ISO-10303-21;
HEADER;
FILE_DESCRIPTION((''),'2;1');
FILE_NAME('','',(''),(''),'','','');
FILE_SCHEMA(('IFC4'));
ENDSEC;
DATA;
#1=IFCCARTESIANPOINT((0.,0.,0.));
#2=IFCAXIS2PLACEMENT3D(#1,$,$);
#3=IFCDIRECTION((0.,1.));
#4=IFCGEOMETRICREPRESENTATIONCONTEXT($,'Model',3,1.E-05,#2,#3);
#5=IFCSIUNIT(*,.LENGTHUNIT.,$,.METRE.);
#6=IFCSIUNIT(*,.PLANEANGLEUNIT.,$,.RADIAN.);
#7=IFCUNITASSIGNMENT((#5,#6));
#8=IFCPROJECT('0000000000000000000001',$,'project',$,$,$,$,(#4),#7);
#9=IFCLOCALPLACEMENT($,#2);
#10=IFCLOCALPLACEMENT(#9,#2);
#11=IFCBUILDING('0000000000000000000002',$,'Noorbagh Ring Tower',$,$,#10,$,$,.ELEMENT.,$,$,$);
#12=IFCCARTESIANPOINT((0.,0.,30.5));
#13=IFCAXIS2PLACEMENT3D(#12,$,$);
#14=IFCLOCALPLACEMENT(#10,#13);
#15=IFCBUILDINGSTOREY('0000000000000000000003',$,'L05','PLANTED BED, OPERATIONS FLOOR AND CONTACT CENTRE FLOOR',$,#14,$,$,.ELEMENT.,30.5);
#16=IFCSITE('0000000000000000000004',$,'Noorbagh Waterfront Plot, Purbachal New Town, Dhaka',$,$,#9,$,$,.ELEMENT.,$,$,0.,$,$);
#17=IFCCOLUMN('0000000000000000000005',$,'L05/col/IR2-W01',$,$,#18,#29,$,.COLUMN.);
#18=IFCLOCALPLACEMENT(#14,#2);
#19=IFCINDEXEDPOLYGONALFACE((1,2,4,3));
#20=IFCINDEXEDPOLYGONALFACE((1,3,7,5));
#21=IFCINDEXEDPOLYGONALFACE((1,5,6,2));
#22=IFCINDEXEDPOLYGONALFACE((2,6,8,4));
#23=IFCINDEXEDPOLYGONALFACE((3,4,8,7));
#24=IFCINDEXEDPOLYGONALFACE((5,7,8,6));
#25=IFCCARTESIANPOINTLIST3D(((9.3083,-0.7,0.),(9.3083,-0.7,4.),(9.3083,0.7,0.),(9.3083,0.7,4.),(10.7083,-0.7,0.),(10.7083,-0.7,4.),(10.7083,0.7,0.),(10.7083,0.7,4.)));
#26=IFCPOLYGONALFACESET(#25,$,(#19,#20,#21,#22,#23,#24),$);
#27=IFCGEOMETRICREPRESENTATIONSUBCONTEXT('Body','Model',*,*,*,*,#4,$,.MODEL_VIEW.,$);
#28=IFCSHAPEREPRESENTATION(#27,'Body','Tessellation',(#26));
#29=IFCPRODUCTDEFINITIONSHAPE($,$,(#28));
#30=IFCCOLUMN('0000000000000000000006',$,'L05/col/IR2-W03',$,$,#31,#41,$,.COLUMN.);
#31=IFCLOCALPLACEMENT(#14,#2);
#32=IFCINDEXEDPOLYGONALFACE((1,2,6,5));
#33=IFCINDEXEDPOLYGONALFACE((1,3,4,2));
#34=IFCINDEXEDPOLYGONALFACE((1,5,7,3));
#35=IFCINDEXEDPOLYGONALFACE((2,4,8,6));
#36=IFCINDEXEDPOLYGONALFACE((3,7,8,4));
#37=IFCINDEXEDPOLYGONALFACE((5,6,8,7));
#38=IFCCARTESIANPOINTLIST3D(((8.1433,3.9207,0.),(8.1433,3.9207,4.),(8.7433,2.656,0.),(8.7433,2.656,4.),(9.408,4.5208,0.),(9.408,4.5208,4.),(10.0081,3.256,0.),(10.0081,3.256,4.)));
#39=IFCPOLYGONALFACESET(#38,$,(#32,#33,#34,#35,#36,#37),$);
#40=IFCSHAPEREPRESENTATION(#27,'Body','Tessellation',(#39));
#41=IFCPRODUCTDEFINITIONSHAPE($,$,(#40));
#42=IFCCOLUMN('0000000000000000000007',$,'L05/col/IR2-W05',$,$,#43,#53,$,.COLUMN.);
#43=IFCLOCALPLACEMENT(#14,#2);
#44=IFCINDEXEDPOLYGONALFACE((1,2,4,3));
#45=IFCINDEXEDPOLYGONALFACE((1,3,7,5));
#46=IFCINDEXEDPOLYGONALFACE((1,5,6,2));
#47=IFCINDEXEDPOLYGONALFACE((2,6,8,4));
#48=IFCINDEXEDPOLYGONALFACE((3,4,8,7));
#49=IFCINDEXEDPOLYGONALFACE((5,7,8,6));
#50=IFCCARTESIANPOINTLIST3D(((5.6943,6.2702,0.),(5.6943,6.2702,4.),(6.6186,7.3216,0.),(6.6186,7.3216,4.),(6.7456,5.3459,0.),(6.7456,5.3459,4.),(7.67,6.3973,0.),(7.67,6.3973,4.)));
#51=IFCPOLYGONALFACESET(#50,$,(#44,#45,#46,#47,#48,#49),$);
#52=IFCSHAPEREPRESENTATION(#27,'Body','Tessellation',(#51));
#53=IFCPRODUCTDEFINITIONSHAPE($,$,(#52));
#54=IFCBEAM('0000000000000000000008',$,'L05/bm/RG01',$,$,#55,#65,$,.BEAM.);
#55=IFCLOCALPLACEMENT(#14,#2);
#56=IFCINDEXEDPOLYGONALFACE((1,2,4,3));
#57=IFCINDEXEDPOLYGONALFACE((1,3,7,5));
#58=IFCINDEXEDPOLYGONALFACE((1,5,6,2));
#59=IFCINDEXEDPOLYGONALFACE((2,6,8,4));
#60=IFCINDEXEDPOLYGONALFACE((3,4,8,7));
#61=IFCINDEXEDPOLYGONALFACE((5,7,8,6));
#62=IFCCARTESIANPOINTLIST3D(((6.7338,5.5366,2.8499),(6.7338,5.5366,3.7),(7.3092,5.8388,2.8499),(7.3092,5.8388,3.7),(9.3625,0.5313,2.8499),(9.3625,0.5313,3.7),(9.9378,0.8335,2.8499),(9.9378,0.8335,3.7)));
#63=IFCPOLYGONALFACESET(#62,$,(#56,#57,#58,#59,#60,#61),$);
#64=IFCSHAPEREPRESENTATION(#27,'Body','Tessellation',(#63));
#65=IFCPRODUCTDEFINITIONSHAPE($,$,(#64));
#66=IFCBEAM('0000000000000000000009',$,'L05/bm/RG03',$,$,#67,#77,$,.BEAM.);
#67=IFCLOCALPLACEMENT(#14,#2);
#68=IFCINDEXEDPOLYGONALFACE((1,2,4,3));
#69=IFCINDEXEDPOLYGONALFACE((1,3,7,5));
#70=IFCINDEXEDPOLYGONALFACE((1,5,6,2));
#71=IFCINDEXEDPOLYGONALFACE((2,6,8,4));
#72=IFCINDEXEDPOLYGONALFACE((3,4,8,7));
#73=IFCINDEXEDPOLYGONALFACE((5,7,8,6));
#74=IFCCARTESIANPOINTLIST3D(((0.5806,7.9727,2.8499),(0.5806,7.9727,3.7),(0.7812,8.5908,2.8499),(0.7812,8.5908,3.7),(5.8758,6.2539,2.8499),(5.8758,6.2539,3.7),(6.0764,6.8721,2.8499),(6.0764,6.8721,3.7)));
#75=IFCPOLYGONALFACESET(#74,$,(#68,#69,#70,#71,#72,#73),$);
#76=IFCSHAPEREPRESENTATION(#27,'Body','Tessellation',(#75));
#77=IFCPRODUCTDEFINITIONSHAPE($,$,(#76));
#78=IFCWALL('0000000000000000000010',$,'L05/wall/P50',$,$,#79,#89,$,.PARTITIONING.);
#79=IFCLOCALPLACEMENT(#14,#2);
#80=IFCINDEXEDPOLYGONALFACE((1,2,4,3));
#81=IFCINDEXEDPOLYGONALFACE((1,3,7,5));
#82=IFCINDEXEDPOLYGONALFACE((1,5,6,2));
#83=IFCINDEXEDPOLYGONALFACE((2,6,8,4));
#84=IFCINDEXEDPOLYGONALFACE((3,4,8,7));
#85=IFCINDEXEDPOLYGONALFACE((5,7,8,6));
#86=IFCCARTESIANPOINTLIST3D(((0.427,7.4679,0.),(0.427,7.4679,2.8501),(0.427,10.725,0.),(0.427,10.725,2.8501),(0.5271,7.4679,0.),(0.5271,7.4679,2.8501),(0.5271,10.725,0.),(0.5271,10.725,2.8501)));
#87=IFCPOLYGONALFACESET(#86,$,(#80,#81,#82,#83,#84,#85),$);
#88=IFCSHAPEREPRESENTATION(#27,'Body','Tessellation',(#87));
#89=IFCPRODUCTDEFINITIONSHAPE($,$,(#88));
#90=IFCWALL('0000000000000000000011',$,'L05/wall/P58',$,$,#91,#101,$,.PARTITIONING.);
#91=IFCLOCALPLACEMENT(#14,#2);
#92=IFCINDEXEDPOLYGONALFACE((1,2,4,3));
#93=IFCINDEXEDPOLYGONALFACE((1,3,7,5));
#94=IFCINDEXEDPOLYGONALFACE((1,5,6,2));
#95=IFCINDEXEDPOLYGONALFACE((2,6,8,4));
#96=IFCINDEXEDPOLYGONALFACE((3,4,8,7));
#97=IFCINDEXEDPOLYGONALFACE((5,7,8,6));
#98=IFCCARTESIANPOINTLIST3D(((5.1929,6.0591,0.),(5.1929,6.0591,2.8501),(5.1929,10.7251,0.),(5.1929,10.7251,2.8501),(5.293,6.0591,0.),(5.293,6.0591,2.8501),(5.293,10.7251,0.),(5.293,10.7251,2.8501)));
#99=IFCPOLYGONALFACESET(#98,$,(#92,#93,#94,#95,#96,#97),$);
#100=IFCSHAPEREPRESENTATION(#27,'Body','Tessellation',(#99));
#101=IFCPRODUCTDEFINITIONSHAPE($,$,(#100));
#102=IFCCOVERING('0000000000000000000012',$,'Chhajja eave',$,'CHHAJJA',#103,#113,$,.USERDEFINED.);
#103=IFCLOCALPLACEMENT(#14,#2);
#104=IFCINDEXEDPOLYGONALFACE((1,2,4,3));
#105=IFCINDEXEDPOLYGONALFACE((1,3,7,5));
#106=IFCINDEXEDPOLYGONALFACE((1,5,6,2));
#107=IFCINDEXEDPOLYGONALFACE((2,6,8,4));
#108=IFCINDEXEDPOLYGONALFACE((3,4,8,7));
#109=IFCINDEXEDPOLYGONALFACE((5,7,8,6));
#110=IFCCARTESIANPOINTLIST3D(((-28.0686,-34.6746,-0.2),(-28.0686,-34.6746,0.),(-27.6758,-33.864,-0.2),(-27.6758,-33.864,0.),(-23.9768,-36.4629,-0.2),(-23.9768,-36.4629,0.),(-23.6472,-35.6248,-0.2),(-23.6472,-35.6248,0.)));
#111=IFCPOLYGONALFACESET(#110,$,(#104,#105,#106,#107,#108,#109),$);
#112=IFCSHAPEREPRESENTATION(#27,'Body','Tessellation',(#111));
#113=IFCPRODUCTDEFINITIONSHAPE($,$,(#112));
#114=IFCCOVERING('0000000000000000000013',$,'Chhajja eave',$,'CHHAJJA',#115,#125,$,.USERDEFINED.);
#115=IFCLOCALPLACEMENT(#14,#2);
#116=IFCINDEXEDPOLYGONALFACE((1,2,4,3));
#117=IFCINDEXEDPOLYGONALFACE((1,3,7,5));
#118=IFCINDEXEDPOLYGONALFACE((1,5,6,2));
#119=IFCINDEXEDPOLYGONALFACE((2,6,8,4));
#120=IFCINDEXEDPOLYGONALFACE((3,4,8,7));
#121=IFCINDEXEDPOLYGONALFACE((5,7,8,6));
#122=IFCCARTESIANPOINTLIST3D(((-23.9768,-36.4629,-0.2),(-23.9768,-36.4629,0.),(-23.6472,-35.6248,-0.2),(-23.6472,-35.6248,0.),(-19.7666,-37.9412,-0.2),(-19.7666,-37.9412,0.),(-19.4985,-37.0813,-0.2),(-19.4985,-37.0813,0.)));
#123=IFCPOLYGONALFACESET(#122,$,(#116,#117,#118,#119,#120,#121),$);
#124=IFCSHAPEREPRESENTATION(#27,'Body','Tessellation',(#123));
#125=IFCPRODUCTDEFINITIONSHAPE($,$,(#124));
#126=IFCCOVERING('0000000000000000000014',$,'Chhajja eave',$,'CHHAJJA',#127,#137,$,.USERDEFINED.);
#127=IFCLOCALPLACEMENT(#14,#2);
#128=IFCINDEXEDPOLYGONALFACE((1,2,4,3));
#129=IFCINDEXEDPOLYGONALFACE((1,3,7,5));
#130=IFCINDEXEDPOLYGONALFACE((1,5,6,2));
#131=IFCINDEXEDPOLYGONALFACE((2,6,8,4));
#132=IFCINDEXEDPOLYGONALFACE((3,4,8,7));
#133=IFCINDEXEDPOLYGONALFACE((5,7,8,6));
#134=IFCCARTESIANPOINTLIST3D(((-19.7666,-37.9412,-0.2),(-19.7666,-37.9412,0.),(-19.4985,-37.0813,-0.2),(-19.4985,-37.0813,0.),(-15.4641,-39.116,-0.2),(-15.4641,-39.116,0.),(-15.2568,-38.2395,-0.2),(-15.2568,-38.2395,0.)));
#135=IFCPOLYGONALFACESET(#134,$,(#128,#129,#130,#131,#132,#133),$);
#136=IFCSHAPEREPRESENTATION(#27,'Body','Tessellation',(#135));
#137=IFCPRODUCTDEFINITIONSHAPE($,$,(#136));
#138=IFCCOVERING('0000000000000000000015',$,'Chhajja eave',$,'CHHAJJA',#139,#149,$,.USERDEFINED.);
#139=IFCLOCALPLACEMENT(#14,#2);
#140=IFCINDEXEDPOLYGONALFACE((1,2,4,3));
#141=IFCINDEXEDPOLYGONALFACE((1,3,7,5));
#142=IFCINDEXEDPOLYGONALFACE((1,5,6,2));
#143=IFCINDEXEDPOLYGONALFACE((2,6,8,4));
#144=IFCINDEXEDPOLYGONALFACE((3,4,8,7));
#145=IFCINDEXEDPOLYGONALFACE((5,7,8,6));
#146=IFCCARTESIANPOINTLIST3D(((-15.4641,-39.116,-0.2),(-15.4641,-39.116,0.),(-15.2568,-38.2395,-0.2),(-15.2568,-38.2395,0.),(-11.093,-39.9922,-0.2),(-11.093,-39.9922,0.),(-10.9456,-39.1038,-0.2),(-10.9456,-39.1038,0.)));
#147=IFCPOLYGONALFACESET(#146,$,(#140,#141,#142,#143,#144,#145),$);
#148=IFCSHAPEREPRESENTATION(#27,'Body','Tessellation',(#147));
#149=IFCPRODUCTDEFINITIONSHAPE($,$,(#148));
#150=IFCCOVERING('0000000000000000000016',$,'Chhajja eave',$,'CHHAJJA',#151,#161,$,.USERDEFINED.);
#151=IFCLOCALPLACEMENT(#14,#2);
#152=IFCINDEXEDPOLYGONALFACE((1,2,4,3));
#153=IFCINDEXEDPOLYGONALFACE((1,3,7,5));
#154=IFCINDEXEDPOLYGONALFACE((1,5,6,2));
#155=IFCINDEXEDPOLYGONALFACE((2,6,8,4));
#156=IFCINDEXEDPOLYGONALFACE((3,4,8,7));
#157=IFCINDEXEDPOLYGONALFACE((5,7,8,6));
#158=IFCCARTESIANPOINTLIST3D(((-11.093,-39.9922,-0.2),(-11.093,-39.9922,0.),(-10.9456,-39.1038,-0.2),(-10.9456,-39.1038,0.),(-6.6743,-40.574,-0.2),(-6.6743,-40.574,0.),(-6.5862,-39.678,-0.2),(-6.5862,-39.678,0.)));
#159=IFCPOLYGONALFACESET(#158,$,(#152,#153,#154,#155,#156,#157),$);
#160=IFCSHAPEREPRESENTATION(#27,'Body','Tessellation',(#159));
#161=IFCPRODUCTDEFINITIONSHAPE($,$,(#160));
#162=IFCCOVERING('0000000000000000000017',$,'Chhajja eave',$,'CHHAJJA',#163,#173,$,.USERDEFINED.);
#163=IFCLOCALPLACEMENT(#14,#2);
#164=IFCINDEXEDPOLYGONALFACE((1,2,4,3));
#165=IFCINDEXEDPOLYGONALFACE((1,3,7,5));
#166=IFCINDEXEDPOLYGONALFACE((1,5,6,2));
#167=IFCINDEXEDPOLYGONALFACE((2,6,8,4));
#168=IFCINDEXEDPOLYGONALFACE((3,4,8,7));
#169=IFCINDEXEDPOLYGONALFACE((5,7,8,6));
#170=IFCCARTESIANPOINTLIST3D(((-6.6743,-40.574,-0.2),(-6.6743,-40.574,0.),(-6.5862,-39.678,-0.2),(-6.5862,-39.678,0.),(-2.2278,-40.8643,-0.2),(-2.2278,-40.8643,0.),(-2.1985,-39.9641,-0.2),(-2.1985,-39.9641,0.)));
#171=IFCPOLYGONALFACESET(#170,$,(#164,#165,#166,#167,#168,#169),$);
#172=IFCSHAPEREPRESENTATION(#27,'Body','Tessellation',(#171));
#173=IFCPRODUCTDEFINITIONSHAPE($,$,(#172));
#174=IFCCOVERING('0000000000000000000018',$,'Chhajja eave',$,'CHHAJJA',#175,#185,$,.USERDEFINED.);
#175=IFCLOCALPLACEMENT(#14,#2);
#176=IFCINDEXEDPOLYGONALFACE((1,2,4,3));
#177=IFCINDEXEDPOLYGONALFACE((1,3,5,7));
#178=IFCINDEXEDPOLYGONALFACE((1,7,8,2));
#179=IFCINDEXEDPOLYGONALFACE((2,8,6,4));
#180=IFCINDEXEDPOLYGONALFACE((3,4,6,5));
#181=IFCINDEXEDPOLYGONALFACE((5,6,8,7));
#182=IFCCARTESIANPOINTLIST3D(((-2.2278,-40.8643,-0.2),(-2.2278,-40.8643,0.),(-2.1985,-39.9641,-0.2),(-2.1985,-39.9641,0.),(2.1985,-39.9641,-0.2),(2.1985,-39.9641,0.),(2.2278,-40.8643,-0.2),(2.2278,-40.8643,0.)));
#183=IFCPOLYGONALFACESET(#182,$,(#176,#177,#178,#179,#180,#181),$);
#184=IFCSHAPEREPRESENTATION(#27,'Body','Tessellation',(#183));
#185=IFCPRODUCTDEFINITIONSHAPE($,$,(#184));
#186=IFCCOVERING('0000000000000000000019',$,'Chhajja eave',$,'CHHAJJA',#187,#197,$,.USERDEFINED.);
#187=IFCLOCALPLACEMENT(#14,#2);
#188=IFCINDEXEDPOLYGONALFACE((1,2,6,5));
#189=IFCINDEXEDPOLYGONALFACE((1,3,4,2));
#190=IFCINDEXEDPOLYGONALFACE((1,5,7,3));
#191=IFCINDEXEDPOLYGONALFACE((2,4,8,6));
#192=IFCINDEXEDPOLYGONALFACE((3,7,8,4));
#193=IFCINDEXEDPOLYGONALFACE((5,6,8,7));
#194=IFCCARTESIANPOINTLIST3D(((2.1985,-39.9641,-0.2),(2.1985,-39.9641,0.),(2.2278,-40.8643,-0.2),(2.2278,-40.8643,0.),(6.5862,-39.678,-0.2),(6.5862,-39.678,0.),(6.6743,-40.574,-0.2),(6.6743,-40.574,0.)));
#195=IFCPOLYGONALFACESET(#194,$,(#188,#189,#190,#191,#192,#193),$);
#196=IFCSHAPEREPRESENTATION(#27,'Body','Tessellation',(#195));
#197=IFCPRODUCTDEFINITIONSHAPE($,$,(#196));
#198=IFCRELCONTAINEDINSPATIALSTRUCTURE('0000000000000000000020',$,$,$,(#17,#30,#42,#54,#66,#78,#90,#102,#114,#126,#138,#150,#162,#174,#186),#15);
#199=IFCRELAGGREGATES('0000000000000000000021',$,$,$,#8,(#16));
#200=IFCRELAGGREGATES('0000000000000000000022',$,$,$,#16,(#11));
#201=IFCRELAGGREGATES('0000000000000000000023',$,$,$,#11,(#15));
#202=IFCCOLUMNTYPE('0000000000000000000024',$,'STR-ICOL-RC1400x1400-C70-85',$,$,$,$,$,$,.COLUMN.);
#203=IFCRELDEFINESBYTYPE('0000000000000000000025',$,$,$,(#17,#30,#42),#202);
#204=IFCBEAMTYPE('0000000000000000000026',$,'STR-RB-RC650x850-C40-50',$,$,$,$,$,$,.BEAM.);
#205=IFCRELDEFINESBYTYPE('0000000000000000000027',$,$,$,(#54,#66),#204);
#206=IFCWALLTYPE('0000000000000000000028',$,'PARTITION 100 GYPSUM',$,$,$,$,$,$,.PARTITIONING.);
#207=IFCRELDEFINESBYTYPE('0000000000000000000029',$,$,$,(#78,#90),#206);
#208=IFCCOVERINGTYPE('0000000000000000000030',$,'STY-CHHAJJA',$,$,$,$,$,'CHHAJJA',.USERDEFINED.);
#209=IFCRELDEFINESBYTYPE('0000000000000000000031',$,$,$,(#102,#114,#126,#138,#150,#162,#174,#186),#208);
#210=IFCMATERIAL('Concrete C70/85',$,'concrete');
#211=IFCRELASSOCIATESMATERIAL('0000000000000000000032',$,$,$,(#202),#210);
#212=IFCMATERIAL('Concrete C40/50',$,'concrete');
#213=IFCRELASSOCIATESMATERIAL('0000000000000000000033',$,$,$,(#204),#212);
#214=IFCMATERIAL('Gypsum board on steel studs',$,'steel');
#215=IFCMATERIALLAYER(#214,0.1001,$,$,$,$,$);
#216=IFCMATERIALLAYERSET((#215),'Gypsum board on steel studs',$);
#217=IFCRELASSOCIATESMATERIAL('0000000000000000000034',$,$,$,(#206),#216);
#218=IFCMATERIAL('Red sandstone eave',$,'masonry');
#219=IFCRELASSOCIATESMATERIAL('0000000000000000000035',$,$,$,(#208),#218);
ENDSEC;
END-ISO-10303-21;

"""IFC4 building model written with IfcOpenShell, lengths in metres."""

from ifc_helpers import new_model, si_unit, direction, frame, frame_2d, origin, origin_2d, place, context, subcontext, project, spatial, polyline, rectangle, outline, extrude, material, layer, layer_set, material_profile, profile_set, type_object, element, save


model = new_model("IFC4")

# Units and contexts
model_context = context("Model", 3, precision=1e-05, world=origin(), true_north=direction((0.0, 1.0)))
body_context = subcontext(model_context, "Body", "Model", "MODEL_VIEW")
ifc_project = project(units=[si_unit("LENGTHUNIT", "METRE"), si_unit("PLANEANGLEUNIT", "RADIAN")], contexts=[model_context])

# Site, building, storey
site_placement = place(None, origin())
site = spatial("IfcSite", under=ifc_project, at=site_placement, Name="Noorbagh Waterfront Plot, Purbachal New Town, Dhaka", CompositionType="ELEMENT", RefElevation=0.0)
building_placement = place(site_placement, origin())
building = spatial("IfcBuilding", under=site, at=building_placement, Name="Noorbagh Ring Tower", CompositionType="ELEMENT")
storey_placement = place(building_placement, frame((0.0, 0.0, 30.5)))
storey = spatial("IfcBuildingStorey", under=building, at=storey_placement, Name="L05", Description="PLANTED BED, OPERATIONS FLOOR AND CONTACT CENTRE FLOOR", CompositionType="ELEMENT", Elevation=30.5)

# Columns
ifc_material_1 = material(Name="Concrete C70/85", Category="concrete")
ifc_material_profile_1 = material_profile(ifc_material_1, rectangle(XDim=1.3999, YDim=1.3999, at=origin_2d()), Name="RC1400x1400")
ifc_profile_set_1 = profile_set([ifc_material_profile_1], Name="Concrete C70/85")
column_type = type_object("IfcColumnType", Name="STR-ICOL-RC1400x1400-C70-85", PredefinedType="COLUMN", material=ifc_profile_set_1)
for number, where, z_axis, x_axis, name in (
    (1, (10.0083, 0.0, 0.0), (0.0, 0.0, 1.0), (0.0, 1.0, 0.0), "L05/col/IR2-W01"),
    (2, (9.0757, 3.5884, 0.0), (0.0, 0.0, 1.0), (-0.428667, 0.903463, 0.0), "L05/col/IR2-W03"),
    (3, (6.6821, 6.3337, 0.0), (0.0, 0.0, 1.0), (-0.751022, 0.660277, 0.0), "L05/col/IR2-W05"),
):
    element("IfcColumn", number, at=place(storey_placement, frame(where, z_axis=z_axis, x_axis=x_axis)), inside=storey, type_object=column_type, Name=name, PredefinedType="COLUMN", context=body_context, shape_type="SweptSolid", body=[
        extrude(rectangle(XDim=1.3999, YDim=1.3999, at=origin_2d()), origin(), (0.0, 0.0, 1.0), 4.0),
    ])

# Beams
ifc_material_2 = material(Name="Concrete C40/50", Category="concrete")
ifc_material_profile_2 = material_profile(ifc_material_2, rectangle(XDim=0.6499, YDim=0.8501, at=origin_2d()), Name="RC650x850")
ifc_profile_set_2 = profile_set([ifc_material_profile_2], Name="Concrete C40/50")
beam_type = type_object("IfcBeamType", Name="STR-RB-RC650x850-C40-50", PredefinedType="BEAM", material=ifc_profile_set_2)
beam_1_placement = place(storey_placement, frame((9.6501, 0.6824, 3.2749), z_axis=(-0.464951, 0.885337, 0.0), x_axis=(-0.885337, -0.464951, 0.0)))
element("IfcBeam", 4, at=beam_1_placement, inside=storey, type_object=beam_type, Name="L05/bm/RG01", PredefinedType="BEAM", context=body_context, shape_type="SweptSolid", body=[
    extrude(rectangle(XDim=0.6499, YDim=0.8501, at=origin_2d()), origin(), (0.0, 0.0, 1.0), 5.6536),
])
beam_2_placement = place(storey_placement, frame((5.9761, 6.563, 3.2749), z_axis=(-0.951149, 0.308732, 0.0), x_axis=(-0.308732, -0.951149, 0.0)))
element("IfcBeam", 5, at=beam_2_placement, inside=storey, type_object=beam_type, Name="L05/bm/RG03", PredefinedType="BEAM", context=body_context, shape_type="SweptSolid", body=[
    extrude(rectangle(XDim=0.6499, YDim=0.8501, at=origin_2d()), origin(), (0.0, 0.0, 1.0), 5.5671),
])

# Walls
ifc_material_3 = material(Name="Gypsum board on steel studs", Category="steel")
ifc_layer = layer(ifc_material_3, 0.1001)
ifc_layer_set = layer_set([ifc_layer], Name="Gypsum board on steel studs")
wall_type = type_object("IfcWallType", Name="PARTITION 100 GYPSUM", PredefinedType="PARTITIONING", material=ifc_layer_set)
wall_1_placement = place(storey_placement, frame((0.4771, 7.468, 0.0), z_axis=(0.0, 0.0, 1.0), x_axis=(0.0, 1.0, 0.0)))
element("IfcWall", 6, at=wall_1_placement, inside=storey, type_object=wall_type, Name="L05/wall/P50", PredefinedType="PARTITIONING", context=body_context, shape_type="SweptSolid", body=[
    extrude(rectangle(XDim=3.2571, YDim=0.1001, at=frame_2d((1.6284, 0.0))), origin(), (0.0, 0.0, 1.0), 2.8501),
])
wall_2_placement = place(storey_placement, frame((5.2429, 6.0591, 0.0), z_axis=(0.0, 0.0, 1.0), x_axis=(0.0, 1.0, 0.0)))
element("IfcWall", 7, at=wall_2_placement, inside=storey, type_object=wall_type, Name="L05/wall/P58", PredefinedType="PARTITIONING", context=body_context, shape_type="SweptSolid", body=[
    extrude(rectangle(XDim=4.666, YDim=0.1001, at=frame_2d((2.333, 0.0))), origin(), (0.0, 0.0, 1.0), 2.8501),
])

# Coverings
ifc_material_4 = material(Name="Red sandstone eave", Category="masonry")
covering_type = type_object("IfcCoveringType", Name="STY-CHHAJJA", ElementType="CHHAJJA", PredefinedType="USERDEFINED", material=ifc_material_4)
covering_1_placement = place(storey_placement, frame((0.0, 0.0, -0.2)))
element("IfcCovering", 8, at=covering_1_placement, inside=storey, type_object=covering_type, Name="Chhajja eave", ObjectType="CHHAJJA", PredefinedType="USERDEFINED", context=body_context, shape_type="SweptSolid", body=[
    extrude(outline(polyline([(-27.6758, -33.864), (-23.6472, -35.6248), (-23.9768, -36.4629), (-28.0686, -34.6746), (-27.6758, -33.864)])), origin(), (0.0, 0.0, 1.0), 0.2),
])
covering_2_placement = place(storey_placement, frame((0.0, 0.0, -0.2)))
element("IfcCovering", 9, at=covering_2_placement, inside=storey, type_object=covering_type, Name="Chhajja eave", ObjectType="CHHAJJA", PredefinedType="USERDEFINED", context=body_context, shape_type="SweptSolid", body=[
    extrude(outline(polyline([(-23.6472, -35.6248), (-19.4985, -37.0813), (-19.7666, -37.9412), (-23.9768, -36.4629), (-23.6472, -35.6248)])), origin(), (0.0, 0.0, 1.0), 0.2),
])
covering_3_placement = place(storey_placement, frame((0.0, 0.0, -0.2)))
element("IfcCovering", 10, at=covering_3_placement, inside=storey, type_object=covering_type, Name="Chhajja eave", ObjectType="CHHAJJA", PredefinedType="USERDEFINED", context=body_context, shape_type="SweptSolid", body=[
    extrude(outline(polyline([(-19.4985, -37.0813), (-15.2568, -38.2395), (-15.4641, -39.116), (-19.7666, -37.9412), (-19.4985, -37.0813)])), origin(), (0.0, 0.0, 1.0), 0.2),
])
covering_4_placement = place(storey_placement, frame((0.0, 0.0, -0.2)))
element("IfcCovering", 11, at=covering_4_placement, inside=storey, type_object=covering_type, Name="Chhajja eave", ObjectType="CHHAJJA", PredefinedType="USERDEFINED", context=body_context, shape_type="SweptSolid", body=[
    extrude(outline(polyline([(-15.2568, -38.2395), (-10.9456, -39.1038), (-11.093, -39.9922), (-15.4641, -39.116), (-15.2568, -38.2395)])), origin(), (0.0, 0.0, 1.0), 0.2),
])
covering_5_placement = place(storey_placement, frame((0.0, 0.0, -0.2)))
element("IfcCovering", 12, at=covering_5_placement, inside=storey, type_object=covering_type, Name="Chhajja eave", ObjectType="CHHAJJA", PredefinedType="USERDEFINED", context=body_context, shape_type="SweptSolid", body=[
    extrude(outline(polyline([(-10.9456, -39.1038), (-6.5862, -39.678), (-6.6743, -40.574), (-11.093, -39.9922), (-10.9456, -39.1038)])), origin(), (0.0, 0.0, 1.0), 0.2),
])
covering_6_placement = place(storey_placement, frame((0.0, 0.0, -0.2)))
element("IfcCovering", 13, at=covering_6_placement, inside=storey, type_object=covering_type, Name="Chhajja eave", ObjectType="CHHAJJA", PredefinedType="USERDEFINED", context=body_context, shape_type="SweptSolid", body=[
    extrude(outline(polyline([(-6.5862, -39.678), (-2.1985, -39.9641), (-2.2278, -40.8643), (-6.6743, -40.574), (-6.5862, -39.678)])), origin(), (0.0, 0.0, 1.0), 0.2),
])
covering_7_placement = place(storey_placement, frame((0.0, 0.0, -0.2)))
element("IfcCovering", 14, at=covering_7_placement, inside=storey, type_object=covering_type, Name="Chhajja eave", ObjectType="CHHAJJA", PredefinedType="USERDEFINED", context=body_context, shape_type="SweptSolid", body=[
    extrude(outline(polyline([(-2.1985, -39.9641), (2.1985, -39.9641), (2.2278, -40.8643), (-2.2278, -40.8643), (-2.1985, -39.9641)])), origin(), (0.0, 0.0, 1.0), 0.2),
])
covering_8_placement = place(storey_placement, frame((0.0, 0.0, -0.2)))
element("IfcCovering", 15, at=covering_8_placement, inside=storey, type_object=covering_type, Name="Chhajja eave", ObjectType="CHHAJJA", PredefinedType="USERDEFINED", context=body_context, shape_type="SweptSolid", body=[
    extrude(outline(polyline([(2.1985, -39.9641), (6.5862, -39.678), (6.6743, -40.574), (2.2278, -40.8643), (2.1985, -39.9641)])), origin(), (0.0, 0.0, 1.0), 0.2),
])

save(model, "model.ifc")
